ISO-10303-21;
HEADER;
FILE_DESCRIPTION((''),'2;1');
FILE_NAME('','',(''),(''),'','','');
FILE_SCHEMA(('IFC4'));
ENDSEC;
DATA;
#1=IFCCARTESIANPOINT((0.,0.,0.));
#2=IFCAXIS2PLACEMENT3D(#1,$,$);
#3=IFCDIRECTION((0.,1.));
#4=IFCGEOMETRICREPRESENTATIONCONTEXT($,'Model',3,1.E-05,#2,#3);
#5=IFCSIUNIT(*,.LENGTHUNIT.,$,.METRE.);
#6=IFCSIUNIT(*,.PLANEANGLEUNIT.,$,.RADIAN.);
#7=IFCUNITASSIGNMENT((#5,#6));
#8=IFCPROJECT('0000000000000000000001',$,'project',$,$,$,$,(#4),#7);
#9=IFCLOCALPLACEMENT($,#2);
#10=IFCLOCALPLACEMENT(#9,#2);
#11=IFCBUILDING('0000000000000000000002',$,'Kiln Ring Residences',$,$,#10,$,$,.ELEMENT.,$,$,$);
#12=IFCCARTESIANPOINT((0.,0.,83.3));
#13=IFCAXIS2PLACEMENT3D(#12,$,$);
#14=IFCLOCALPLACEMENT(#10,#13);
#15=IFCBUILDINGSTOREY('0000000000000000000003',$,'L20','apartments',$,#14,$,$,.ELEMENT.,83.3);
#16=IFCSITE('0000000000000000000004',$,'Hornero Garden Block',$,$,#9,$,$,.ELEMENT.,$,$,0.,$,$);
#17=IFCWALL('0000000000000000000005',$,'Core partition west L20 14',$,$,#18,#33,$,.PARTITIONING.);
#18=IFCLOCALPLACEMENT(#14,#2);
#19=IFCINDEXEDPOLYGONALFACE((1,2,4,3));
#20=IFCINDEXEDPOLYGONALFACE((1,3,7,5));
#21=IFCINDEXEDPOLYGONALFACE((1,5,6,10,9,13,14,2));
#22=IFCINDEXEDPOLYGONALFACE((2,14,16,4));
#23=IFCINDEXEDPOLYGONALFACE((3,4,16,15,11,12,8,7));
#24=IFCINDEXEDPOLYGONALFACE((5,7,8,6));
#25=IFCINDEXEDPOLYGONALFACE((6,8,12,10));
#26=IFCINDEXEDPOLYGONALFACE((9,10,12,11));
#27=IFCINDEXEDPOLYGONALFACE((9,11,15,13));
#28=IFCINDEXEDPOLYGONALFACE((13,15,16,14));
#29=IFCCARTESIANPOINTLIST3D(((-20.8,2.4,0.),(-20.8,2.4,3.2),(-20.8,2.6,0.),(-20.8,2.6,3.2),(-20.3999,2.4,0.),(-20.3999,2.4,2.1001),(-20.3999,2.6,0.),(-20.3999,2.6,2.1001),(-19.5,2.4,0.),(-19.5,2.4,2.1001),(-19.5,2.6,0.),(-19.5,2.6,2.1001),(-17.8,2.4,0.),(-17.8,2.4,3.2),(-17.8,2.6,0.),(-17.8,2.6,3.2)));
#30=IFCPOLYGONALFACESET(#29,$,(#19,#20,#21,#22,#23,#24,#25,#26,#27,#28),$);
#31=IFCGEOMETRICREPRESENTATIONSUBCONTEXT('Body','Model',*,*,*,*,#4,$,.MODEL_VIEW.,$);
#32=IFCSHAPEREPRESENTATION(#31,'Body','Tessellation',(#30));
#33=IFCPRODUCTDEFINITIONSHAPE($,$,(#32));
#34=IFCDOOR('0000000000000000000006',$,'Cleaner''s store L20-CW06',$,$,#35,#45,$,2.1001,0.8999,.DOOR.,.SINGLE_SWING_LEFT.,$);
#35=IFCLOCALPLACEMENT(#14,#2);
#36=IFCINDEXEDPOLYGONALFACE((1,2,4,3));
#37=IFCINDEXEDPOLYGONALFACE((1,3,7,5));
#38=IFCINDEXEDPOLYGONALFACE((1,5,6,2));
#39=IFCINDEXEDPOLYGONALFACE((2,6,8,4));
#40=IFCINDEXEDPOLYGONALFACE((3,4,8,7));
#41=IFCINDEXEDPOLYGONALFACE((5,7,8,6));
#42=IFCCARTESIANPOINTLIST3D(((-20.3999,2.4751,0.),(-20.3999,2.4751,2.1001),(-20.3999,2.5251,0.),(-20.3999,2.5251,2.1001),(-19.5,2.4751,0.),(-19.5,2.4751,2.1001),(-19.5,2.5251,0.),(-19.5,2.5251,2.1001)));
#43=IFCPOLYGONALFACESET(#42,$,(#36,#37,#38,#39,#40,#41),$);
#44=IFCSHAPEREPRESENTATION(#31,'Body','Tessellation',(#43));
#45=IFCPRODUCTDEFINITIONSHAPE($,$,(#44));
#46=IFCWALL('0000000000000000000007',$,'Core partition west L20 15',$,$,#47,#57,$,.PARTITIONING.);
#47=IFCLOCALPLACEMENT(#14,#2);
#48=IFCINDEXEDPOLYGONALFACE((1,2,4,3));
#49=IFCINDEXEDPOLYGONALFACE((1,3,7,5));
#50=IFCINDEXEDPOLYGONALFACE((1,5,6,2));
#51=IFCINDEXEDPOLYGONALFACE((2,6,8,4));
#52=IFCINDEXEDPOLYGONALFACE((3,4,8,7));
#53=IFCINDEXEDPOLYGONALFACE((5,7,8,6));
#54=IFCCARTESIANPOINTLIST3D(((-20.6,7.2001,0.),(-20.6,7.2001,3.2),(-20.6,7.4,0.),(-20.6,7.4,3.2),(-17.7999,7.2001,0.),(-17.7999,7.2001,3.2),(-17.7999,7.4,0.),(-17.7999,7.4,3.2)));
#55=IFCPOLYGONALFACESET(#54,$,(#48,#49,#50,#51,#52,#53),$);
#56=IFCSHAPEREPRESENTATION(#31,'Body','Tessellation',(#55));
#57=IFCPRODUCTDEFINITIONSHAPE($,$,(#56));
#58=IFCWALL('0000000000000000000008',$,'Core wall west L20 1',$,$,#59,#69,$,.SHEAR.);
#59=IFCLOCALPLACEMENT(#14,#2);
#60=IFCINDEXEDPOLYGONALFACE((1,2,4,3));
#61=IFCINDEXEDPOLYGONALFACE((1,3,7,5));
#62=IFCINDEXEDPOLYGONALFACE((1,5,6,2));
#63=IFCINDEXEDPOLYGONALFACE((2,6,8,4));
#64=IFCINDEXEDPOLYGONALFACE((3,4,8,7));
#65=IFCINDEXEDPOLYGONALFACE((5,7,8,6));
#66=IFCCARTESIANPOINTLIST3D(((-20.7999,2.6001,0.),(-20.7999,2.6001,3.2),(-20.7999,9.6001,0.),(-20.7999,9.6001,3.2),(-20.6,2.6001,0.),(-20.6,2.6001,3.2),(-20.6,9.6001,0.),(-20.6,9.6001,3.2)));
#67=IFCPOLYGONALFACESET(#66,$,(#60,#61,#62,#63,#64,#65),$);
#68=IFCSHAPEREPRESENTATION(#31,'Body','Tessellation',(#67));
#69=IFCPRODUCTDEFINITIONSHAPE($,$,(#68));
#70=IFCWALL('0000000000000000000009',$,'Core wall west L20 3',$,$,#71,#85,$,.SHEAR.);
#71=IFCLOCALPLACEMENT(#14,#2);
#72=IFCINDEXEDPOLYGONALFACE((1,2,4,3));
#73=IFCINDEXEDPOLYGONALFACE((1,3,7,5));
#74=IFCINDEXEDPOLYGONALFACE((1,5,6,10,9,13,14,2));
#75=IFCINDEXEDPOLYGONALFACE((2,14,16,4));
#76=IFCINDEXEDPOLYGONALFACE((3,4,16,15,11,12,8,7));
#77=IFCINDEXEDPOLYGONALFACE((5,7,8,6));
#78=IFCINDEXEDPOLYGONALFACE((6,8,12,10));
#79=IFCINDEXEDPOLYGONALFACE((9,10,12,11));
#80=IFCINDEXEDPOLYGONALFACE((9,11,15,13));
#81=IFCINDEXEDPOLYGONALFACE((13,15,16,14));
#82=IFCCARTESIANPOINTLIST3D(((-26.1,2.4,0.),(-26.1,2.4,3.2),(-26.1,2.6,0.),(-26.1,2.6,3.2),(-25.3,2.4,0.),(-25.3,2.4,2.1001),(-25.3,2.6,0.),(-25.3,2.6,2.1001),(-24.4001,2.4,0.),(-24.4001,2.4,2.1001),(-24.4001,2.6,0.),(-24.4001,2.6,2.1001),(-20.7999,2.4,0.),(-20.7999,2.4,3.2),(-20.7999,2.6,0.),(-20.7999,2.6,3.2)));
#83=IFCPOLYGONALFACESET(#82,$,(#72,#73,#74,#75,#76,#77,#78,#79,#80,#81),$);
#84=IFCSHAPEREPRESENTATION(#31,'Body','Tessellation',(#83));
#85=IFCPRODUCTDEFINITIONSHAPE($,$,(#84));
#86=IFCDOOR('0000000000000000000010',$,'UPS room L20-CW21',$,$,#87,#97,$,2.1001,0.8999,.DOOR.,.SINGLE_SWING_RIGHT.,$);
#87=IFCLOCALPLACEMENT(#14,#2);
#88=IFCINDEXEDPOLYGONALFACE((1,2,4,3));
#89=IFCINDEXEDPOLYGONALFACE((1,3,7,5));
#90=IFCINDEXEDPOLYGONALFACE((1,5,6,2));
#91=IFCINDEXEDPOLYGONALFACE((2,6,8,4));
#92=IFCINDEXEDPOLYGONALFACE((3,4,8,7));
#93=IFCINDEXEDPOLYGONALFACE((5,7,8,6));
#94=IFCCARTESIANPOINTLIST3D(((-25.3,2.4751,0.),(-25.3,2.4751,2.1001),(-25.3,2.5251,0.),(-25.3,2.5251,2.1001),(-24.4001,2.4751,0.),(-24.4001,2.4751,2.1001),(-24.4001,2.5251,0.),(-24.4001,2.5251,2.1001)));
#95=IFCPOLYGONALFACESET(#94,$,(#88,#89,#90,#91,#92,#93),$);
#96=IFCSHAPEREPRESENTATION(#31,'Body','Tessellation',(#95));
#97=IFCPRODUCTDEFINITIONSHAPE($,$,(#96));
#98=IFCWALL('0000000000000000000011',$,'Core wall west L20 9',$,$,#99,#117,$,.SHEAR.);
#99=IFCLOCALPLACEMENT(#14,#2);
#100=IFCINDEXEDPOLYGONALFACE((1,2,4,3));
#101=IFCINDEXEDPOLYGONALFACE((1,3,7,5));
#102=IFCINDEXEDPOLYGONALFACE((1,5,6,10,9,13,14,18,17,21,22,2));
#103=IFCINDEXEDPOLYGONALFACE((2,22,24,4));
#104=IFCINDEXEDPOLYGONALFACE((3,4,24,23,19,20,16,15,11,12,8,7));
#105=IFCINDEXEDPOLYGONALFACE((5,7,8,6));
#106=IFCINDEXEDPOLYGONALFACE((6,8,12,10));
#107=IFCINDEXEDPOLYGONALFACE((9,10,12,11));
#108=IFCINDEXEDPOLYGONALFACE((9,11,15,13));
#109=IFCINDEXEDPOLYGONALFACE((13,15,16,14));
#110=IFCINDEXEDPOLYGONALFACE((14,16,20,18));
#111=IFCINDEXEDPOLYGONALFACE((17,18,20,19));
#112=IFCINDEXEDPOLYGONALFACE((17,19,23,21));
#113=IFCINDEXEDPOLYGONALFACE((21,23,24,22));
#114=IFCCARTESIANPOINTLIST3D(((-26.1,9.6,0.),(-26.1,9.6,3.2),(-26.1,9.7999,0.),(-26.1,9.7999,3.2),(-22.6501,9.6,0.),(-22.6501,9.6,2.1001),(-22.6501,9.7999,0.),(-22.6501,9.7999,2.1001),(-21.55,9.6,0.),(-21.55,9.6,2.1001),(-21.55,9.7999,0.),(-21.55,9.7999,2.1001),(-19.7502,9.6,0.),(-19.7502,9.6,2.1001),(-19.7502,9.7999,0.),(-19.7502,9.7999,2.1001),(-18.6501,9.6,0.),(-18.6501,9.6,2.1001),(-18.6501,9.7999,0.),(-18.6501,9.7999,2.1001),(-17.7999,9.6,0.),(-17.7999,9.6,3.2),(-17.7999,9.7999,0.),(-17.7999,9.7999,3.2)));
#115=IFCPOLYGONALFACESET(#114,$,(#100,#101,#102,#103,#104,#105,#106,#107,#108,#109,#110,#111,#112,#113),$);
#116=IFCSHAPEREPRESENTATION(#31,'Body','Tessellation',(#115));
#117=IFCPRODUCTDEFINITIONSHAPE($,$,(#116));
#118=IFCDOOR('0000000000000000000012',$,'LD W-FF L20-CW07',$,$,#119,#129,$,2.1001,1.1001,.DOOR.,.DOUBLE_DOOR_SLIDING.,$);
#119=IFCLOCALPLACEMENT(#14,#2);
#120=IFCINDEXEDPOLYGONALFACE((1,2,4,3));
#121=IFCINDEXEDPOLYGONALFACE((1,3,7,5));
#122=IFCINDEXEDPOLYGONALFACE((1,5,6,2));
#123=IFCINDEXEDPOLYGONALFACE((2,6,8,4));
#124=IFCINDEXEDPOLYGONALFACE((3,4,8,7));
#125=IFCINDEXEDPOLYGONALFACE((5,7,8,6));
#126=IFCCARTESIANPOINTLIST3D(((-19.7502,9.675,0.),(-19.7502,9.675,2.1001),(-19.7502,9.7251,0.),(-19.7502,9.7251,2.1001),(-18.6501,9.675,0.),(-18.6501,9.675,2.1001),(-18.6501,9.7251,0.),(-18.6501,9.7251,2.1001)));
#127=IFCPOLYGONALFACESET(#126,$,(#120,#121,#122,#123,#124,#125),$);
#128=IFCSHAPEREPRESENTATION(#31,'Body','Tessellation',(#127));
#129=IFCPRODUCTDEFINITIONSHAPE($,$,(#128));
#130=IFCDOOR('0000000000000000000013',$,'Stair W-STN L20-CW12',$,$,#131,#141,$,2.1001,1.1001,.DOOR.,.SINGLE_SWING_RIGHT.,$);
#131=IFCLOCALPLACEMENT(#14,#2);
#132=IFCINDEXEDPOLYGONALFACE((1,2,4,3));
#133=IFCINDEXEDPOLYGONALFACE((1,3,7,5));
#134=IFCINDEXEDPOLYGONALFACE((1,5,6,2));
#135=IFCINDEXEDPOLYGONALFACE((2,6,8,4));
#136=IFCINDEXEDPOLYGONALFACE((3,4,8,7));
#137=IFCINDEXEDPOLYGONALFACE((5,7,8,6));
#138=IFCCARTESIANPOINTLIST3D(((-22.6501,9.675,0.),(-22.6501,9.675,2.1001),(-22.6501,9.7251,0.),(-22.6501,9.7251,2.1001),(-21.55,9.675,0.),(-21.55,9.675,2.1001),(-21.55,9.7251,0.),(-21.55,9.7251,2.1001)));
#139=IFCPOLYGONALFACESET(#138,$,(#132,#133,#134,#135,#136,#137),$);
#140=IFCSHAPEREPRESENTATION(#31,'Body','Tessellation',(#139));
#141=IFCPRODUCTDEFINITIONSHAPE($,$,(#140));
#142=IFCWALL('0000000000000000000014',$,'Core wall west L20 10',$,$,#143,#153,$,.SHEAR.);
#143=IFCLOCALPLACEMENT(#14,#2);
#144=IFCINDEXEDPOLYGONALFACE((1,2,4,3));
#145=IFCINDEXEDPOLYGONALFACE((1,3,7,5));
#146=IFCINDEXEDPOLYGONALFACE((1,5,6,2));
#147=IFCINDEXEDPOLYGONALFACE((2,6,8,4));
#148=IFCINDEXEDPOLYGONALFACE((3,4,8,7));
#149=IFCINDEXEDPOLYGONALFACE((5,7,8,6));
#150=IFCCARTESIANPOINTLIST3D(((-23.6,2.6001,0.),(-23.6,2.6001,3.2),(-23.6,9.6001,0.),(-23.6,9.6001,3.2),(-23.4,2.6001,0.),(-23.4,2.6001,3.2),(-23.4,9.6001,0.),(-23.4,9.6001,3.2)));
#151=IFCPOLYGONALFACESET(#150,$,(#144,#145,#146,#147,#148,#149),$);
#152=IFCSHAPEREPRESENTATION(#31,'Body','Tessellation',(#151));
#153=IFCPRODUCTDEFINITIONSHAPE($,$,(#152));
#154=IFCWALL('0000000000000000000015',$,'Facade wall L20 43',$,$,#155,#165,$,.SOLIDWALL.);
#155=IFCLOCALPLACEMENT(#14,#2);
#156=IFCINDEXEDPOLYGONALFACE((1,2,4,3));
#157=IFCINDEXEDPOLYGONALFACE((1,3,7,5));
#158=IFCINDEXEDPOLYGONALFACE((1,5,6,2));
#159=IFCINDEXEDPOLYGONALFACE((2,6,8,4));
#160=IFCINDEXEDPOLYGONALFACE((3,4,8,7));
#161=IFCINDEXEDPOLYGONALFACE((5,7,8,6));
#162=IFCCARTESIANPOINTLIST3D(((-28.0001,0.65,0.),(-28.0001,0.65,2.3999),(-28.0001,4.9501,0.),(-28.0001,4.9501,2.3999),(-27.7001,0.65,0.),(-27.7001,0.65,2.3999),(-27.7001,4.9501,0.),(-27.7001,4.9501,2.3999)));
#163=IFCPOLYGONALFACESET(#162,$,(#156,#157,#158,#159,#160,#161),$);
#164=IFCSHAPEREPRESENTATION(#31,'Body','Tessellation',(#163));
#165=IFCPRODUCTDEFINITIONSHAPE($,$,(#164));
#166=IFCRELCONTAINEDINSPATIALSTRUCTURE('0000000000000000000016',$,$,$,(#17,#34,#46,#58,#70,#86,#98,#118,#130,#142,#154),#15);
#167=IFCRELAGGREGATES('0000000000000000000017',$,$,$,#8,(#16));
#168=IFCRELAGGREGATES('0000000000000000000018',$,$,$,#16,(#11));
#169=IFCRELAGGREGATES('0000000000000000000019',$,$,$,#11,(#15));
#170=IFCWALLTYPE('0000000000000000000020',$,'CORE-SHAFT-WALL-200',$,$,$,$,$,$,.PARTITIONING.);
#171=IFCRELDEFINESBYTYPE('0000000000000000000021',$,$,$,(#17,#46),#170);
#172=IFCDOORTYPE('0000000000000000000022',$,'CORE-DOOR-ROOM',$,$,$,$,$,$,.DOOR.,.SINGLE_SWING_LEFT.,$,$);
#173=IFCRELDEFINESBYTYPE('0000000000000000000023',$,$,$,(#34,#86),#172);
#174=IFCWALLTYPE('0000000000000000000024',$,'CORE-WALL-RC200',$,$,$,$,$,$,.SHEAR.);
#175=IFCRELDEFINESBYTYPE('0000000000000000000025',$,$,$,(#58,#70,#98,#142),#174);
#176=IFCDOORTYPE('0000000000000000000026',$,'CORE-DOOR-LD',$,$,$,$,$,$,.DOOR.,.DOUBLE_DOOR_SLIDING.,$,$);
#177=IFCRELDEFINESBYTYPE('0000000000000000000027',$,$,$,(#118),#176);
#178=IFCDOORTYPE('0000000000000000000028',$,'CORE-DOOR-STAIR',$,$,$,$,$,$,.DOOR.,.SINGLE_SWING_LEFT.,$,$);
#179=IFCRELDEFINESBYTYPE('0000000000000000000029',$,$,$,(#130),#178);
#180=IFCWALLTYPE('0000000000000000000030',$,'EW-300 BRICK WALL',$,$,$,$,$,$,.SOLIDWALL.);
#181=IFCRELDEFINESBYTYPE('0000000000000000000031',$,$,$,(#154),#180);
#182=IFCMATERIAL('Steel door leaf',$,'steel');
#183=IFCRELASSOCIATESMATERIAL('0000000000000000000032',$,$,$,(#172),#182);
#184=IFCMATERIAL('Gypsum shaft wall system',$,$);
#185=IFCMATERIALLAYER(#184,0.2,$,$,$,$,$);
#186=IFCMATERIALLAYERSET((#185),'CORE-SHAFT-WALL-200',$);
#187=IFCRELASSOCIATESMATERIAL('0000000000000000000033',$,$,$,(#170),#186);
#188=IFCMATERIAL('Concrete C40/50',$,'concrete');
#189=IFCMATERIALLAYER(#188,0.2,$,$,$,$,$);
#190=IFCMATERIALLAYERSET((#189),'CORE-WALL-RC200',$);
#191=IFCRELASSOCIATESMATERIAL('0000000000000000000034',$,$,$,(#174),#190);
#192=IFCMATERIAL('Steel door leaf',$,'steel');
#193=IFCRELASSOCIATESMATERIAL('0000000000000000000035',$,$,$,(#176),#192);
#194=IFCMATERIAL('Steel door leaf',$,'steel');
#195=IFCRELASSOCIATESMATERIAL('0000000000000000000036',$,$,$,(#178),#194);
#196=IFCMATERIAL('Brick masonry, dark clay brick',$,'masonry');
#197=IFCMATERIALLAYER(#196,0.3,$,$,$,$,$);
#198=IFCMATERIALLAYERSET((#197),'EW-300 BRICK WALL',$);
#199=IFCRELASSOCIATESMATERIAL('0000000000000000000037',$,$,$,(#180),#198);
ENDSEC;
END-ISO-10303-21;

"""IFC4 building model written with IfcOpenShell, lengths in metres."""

from ifc_helpers import new_model, si_unit, direction, frame, frame_2d, origin, place, context, subcontext, project, spatial, rectangle, extrude, material, layer, layer_set, type_object, element, fill, save


model = new_model("IFC4")

# Units and contexts
model_context = context("Model", 3, precision=1e-05, world=origin(), true_north=direction((0.0, 1.0)))
body_context = subcontext(model_context, "Body", "Model", "MODEL_VIEW")
ifc_project = project(units=[si_unit("LENGTHUNIT", "METRE"), si_unit("PLANEANGLEUNIT", "RADIAN")], contexts=[model_context])

# Site, building, storey
site_placement = place(None, origin())
site = spatial("IfcSite", under=ifc_project, at=site_placement, Name="Hornero Garden Block", CompositionType="ELEMENT", RefElevation=0.0)
building_placement = place(site_placement, origin())
building = spatial("IfcBuilding", under=site, at=building_placement, Name="Kiln Ring Residences", CompositionType="ELEMENT")
storey_placement = place(building_placement, frame((0.0, 0.0, 83.3)))
storey = spatial("IfcBuildingStorey", under=building, at=storey_placement, Name="L20", Description="apartments", CompositionType="ELEMENT", Elevation=83.3)

# Shared definitions
ifc_material_1 = material(Name="Steel door leaf", Category="steel")
door_type_1 = type_object("IfcDoorType", Name="CORE-DOOR-ROOM", OperationType="SINGLE_SWING_LEFT", PredefinedType="DOOR", material=ifc_material_1)

# Shared definitions
ifc_material_2 = material(Name="Gypsum shaft wall system")
ifc_layer_1 = layer(ifc_material_2, 0.2)
ifc_layer_set_1 = layer_set([ifc_layer_1], Name="CORE-SHAFT-WALL-200")
wall_type_1 = type_object("IfcWallType", Name="CORE-SHAFT-WALL-200", PredefinedType="PARTITIONING", material=ifc_layer_set_1)

# Wall, opening, door
wall_1_placement = place(storey_placement, frame((-17.8, 2.5, 0.0), z_axis=(0.0, 0.0, 1.0), x_axis=(-1.0, 0.0, 0.0)))
wall_1 = element("IfcWall", 1, at=wall_1_placement, inside=storey, type_object=wall_type_1, Name="Core partition west L20 14", PredefinedType="PARTITIONING", context=body_context, shape_type="SweptSolid", body=[
    extrude(rectangle(XDim=3.0, YDim=0.2, at=frame_2d((1.5, 0.0))), origin(), (0.0, 0.0, 1.0), 3.2),
])
opening_1_placement = place(wall_1_placement, frame((1.7, 0.0, 0.0)))
opening_1 = element("IfcOpeningElement", 2, at=opening_1_placement, cuts=wall_1, PredefinedType="OPENING", context=body_context, shape_type="SweptSolid", body=[
    extrude(rectangle(XDim=0.8999, YDim=2.1001, at=frame_2d((0.45, 1.05))), frame((0.0, 0.1099, 0.0), z_axis=(0.0, -1.0, 0.0), x_axis=(1.0, 0.0, 0.0)), (0.0, 0.0, 1.0), 0.22),
])
door_1_placement = place(opening_1_placement, origin())
door_1 = element("IfcDoor", 3, at=door_1_placement, inside=storey, type_object=door_type_1, Name="Cleaner's store L20-CW06", OperationType="SINGLE_SWING_LEFT", OverallHeight=2.1001, OverallWidth=0.8999, PredefinedType="DOOR", context=body_context, shape_type="SweptSolid", body=[
    extrude(rectangle(XDim=0.8999, YDim=2.1001, at=frame_2d((0.45, 1.05))), frame((0.0, 0.0249, 0.0), z_axis=(0.0, -1.0, 0.0), x_axis=(1.0, 0.0, 0.0)), (0.0, 0.0, 1.0), 0.05),
])
fill(opening_1, door_1)

# Walls
wall_2_placement = place(storey_placement, frame((-17.8, 7.3, 0.0), z_axis=(0.0, 0.0, 1.0), x_axis=(-1.0, 0.0, 0.0)))
element("IfcWall", 4, at=wall_2_placement, inside=storey, type_object=wall_type_1, Name="Core partition west L20 15", PredefinedType="PARTITIONING", context=body_context, shape_type="SweptSolid", body=[
    extrude(rectangle(XDim=2.8, YDim=0.2, at=frame_2d((1.3999, 0.0))), origin(), (0.0, 0.0, 1.0), 3.2),
])
ifc_material_3 = material(Name="Concrete C40/50", Category="concrete")
ifc_layer_2 = layer(ifc_material_3, 0.2)
ifc_layer_set_2 = layer_set([ifc_layer_2], Name="CORE-WALL-RC200")
wall_type_2 = type_object("IfcWallType", Name="CORE-WALL-RC200", PredefinedType="SHEAR", material=ifc_layer_set_2)
wall_3_placement = place(storey_placement, frame((-20.7, 2.6001, 0.0), z_axis=(0.0, 0.0, 1.0), x_axis=(0.0, 1.0, 0.0)))
element("IfcWall", 5, at=wall_3_placement, inside=storey, type_object=wall_type_2, Name="Core wall west L20 1", PredefinedType="SHEAR", context=body_context, shape_type="SweptSolid", body=[
    extrude(rectangle(XDim=7.0, YDim=0.2, at=frame_2d((3.5, 0.0))), origin(), (0.0, 0.0, 1.0), 3.2),
])

# Wall, opening, door
wall_4_placement = place(storey_placement, frame((-20.8, 2.5, 0.0), z_axis=(0.0, 0.0, 1.0), x_axis=(-1.0, 0.0, 0.0)))
wall_4 = element("IfcWall", 6, at=wall_4_placement, inside=storey, type_object=wall_type_2, Name="Core wall west L20 3", PredefinedType="SHEAR", context=body_context, shape_type="SweptSolid", body=[
    extrude(rectangle(XDim=5.3, YDim=0.2, at=frame_2d((2.6499, 0.0))), origin(), (0.0, 0.0, 1.0), 3.2),
])
opening_2_placement = place(wall_4_placement, frame((3.6001, 0.0, 0.0)))
opening_2 = element("IfcOpeningElement", 7, at=opening_2_placement, cuts=wall_4, PredefinedType="OPENING", context=body_context, shape_type="SweptSolid", body=[
    extrude(rectangle(XDim=0.8999, YDim=2.1001, at=frame_2d((0.45, 1.05))), frame((0.0, 0.1099, 0.0), z_axis=(0.0, -1.0, 0.0), x_axis=(1.0, 0.0, 0.0)), (0.0, 0.0, 1.0), 0.22),
])
door_2_placement = place(opening_2_placement, origin())
door_2 = element("IfcDoor", 8, at=door_2_placement, inside=storey, type_object=door_type_1, Name="UPS room L20-CW21", OperationType="SINGLE_SWING_RIGHT", OverallHeight=2.1001, OverallWidth=0.8999, PredefinedType="DOOR", context=body_context, shape_type="SweptSolid", body=[
    extrude(rectangle(XDim=0.8999, YDim=2.1001, at=frame_2d((0.45, 1.05))), frame((0.0, 0.0249, 0.0), z_axis=(0.0, -1.0, 0.0), x_axis=(1.0, 0.0, 0.0)), (0.0, 0.0, 1.0), 0.05),
])
fill(opening_2, door_2)

# Wall, openings, doors
wall_5_placement = place(storey_placement, frame((-17.8, 9.7, 0.0), z_axis=(0.0, 0.0, 1.0), x_axis=(-1.0, 0.0, 0.0)))
wall_5 = element("IfcWall", 9, at=wall_5_placement, inside=storey, type_object=wall_type_2, Name="Core wall west L20 9", PredefinedType="SHEAR", context=body_context, shape_type="SweptSolid", body=[
    extrude(rectangle(XDim=8.3, YDim=0.2, at=frame_2d((4.1499, 0.0))), origin(), (0.0, 0.0, 1.0), 3.2),
])
opening_3_placement = place(wall_5_placement, frame((0.8501, 0.0, 0.0)))
opening_3 = element("IfcOpeningElement", 10, at=opening_3_placement, cuts=wall_5, PredefinedType="OPENING", context=body_context, shape_type="SweptSolid", body=[
    extrude(rectangle(XDim=1.1001, YDim=2.1001, at=frame_2d((0.55, 1.05))), frame((0.0, 0.1099, 0.0), z_axis=(0.0, -1.0, 0.0), x_axis=(1.0, 0.0, 0.0)), (0.0, 0.0, 1.0), 0.22),
])
opening_4_placement = place(wall_5_placement, frame((3.75, 0.0, 0.0)))
opening_4 = element("IfcOpeningElement", 11, at=opening_4_placement, cuts=wall_5, PredefinedType="OPENING", context=body_context, shape_type="SweptSolid", body=[
    extrude(rectangle(XDim=1.1001, YDim=2.1001, at=frame_2d((0.55, 1.05))), frame((0.0, 0.1099, 0.0), z_axis=(0.0, -1.0, 0.0), x_axis=(1.0, 0.0, 0.0)), (0.0, 0.0, 1.0), 0.22),
])
ifc_material_4 = material(Name="Steel door leaf", Category="steel")
door_type_2 = type_object("IfcDoorType", Name="CORE-DOOR-LD", OperationType="DOUBLE_DOOR_SLIDING", PredefinedType="DOOR", material=ifc_material_4)
door_3_placement = place(opening_3_placement, origin())
door_3 = element("IfcDoor", 12, at=door_3_placement, inside=storey, type_object=door_type_2, Name="LD W-FF L20-CW07", OperationType="DOUBLE_DOOR_SLIDING", OverallHeight=2.1001, OverallWidth=1.1001, PredefinedType="DOOR", context=body_context, shape_type="SweptSolid", body=[
    extrude(rectangle(XDim=1.1001, YDim=2.1001, at=frame_2d((0.55, 1.05))), frame((0.0, 0.0249, 0.0), z_axis=(0.0, -1.0, 0.0), x_axis=(1.0, 0.0, 0.0)), (0.0, 0.0, 1.0), 0.05),
])
fill(opening_3, door_3)
ifc_material_5 = material(Name="Steel door leaf", Category="steel")
door_type_3 = type_object("IfcDoorType", Name="CORE-DOOR-STAIR", OperationType="SINGLE_SWING_LEFT", PredefinedType="DOOR", material=ifc_material_5)
door_4_placement = place(opening_4_placement, origin())
door_4 = element("IfcDoor", 13, at=door_4_placement, inside=storey, type_object=door_type_3, Name="Stair W-STN L20-CW12", OperationType="SINGLE_SWING_RIGHT", OverallHeight=2.1001, OverallWidth=1.1001, PredefinedType="DOOR", context=body_context, shape_type="SweptSolid", body=[
    extrude(rectangle(XDim=1.1001, YDim=2.1001, at=frame_2d((0.55, 1.05))), frame((0.0, 0.0249, 0.0), z_axis=(0.0, -1.0, 0.0), x_axis=(1.0, 0.0, 0.0)), (0.0, 0.0, 1.0), 0.05),
])
fill(opening_4, door_4)

# Walls
wall_6_placement = place(storey_placement, frame((-23.5, 2.6001, 0.0), z_axis=(0.0, 0.0, 1.0), x_axis=(0.0, 1.0, 0.0)))
element("IfcWall", 14, at=wall_6_placement, inside=storey, type_object=wall_type_2, Name="Core wall west L20 10", PredefinedType="SHEAR", context=body_context, shape_type="SweptSolid", body=[
    extrude(rectangle(XDim=7.0, YDim=0.2, at=frame_2d((3.5, 0.0))), origin(), (0.0, 0.0, 1.0), 3.2),
])
ifc_material_6 = material(Name="Brick masonry, dark clay brick", Category="masonry")
ifc_layer_3 = layer(ifc_material_6, 0.3)
ifc_layer_set_3 = layer_set([ifc_layer_3], Name="EW-300 BRICK WALL")
wall_type_3 = type_object("IfcWallType", Name="EW-300 BRICK WALL", PredefinedType="SOLIDWALL", material=ifc_layer_set_3)
wall_7_placement = place(storey_placement, frame((-27.8501, 4.95, 0.0), z_axis=(0.0, 0.0, 1.0), x_axis=(0.0, -1.0, 0.0)))
element("IfcWall", 15, at=wall_7_placement, inside=storey, type_object=wall_type_3, Name="Facade wall L20 43", PredefinedType="SOLIDWALL", context=body_context, shape_type="SweptSolid", body=[
    extrude(rectangle(XDim=4.3, YDim=0.3, at=frame_2d((2.1499, 0.0))), origin(), (0.0, 0.0, 1.0), 2.3999),
])

save(model, "model.ifc")
